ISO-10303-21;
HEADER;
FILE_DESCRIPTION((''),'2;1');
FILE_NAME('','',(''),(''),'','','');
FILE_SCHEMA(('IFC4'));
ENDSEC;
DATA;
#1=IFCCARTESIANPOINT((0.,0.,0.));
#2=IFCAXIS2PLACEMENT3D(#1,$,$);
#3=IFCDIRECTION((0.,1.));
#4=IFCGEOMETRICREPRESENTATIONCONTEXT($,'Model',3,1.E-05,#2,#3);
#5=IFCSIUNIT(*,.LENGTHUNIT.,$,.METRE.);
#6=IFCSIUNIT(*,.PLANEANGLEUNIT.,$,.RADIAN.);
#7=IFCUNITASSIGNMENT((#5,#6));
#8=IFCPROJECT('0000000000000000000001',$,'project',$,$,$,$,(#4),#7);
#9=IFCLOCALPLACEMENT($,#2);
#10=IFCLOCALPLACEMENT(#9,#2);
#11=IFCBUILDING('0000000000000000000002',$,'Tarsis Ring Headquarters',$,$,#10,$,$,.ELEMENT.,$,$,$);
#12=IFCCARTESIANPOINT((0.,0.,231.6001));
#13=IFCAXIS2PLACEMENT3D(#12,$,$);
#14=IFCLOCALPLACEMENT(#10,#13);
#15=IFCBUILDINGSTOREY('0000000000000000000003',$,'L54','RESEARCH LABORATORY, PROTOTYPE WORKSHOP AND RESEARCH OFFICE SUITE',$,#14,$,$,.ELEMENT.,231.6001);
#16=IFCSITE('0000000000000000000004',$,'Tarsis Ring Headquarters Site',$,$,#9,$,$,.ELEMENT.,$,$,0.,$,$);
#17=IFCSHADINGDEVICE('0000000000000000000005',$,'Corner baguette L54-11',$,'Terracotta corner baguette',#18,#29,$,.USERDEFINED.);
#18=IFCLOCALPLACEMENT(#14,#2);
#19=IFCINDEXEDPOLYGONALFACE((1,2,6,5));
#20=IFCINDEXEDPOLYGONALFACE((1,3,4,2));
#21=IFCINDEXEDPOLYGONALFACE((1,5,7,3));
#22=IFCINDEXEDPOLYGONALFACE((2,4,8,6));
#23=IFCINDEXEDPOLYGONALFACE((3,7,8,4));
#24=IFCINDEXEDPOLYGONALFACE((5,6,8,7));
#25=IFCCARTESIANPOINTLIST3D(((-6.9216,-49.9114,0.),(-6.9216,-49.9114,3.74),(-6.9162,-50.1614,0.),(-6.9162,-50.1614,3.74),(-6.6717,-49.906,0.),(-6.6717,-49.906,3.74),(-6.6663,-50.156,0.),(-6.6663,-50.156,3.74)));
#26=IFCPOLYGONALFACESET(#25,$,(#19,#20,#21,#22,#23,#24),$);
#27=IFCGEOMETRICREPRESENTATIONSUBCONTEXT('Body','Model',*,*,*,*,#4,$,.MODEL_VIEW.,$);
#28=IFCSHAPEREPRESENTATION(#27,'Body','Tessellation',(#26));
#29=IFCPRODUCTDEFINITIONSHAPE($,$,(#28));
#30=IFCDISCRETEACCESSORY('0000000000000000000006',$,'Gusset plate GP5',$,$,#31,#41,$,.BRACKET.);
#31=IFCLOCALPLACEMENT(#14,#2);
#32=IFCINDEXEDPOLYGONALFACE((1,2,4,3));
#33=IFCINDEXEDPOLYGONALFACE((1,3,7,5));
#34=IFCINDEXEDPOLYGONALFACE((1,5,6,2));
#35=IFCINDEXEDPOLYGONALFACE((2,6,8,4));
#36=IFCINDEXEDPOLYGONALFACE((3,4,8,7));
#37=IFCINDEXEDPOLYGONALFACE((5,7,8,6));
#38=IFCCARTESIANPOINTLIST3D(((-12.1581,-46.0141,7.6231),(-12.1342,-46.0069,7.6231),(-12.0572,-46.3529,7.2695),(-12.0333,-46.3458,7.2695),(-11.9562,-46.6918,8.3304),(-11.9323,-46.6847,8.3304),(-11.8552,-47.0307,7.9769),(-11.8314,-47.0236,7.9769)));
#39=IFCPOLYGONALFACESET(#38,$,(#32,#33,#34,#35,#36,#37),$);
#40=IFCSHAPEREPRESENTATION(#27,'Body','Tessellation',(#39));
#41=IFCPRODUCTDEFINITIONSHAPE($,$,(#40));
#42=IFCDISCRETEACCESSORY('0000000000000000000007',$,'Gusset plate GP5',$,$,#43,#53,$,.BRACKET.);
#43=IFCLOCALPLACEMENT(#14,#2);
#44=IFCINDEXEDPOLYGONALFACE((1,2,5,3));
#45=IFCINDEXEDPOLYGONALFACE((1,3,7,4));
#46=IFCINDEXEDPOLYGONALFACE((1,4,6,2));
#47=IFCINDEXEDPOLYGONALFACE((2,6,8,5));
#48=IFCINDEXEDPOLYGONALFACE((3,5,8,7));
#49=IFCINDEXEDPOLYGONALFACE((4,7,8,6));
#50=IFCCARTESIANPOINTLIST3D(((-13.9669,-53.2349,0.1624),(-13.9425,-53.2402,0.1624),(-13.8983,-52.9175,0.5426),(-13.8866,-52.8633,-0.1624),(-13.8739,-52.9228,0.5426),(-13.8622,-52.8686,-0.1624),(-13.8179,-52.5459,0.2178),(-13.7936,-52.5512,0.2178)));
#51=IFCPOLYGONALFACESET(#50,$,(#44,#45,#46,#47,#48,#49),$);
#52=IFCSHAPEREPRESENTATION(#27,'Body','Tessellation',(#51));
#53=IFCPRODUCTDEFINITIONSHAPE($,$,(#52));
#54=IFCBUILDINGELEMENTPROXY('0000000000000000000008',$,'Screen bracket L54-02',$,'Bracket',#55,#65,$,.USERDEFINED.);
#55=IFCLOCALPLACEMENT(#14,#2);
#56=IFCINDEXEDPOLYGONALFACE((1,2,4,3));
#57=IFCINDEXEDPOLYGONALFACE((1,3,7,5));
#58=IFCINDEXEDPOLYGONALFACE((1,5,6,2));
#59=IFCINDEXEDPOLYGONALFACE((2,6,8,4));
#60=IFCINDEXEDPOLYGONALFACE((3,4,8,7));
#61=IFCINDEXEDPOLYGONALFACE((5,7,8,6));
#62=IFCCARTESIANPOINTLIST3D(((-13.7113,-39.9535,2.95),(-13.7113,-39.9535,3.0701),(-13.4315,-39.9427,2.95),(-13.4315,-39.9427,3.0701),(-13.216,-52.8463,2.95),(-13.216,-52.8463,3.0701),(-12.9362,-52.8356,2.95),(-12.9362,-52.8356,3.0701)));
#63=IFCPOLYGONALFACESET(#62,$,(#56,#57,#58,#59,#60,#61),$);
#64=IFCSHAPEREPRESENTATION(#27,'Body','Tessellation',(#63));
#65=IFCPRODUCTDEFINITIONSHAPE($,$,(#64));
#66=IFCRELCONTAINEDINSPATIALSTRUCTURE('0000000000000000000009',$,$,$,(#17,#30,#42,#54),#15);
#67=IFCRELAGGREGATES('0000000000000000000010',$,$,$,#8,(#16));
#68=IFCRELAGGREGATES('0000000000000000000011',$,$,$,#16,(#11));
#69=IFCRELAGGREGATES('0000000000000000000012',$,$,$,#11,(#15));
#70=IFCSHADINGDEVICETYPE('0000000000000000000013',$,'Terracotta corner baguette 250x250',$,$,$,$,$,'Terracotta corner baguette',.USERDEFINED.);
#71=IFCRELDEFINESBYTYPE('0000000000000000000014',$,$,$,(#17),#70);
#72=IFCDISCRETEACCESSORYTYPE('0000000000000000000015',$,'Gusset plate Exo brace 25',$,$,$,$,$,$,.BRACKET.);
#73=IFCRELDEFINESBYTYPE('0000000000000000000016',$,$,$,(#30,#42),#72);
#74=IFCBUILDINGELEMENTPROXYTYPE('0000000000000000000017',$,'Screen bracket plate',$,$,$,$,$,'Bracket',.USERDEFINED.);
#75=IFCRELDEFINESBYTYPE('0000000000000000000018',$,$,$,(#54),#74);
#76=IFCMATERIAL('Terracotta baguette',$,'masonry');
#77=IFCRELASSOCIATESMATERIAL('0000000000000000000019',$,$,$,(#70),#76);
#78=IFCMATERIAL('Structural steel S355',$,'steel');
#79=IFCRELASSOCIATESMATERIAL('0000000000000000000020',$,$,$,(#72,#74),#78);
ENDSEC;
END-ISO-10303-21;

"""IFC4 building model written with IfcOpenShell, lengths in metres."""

from ifc_helpers import new_model, si_unit, direction, frame, origin, origin_2d, place, context, subcontext, project, spatial, rectangle, extrude, material, material_profile, profile_set, type_object, element, save


model = new_model("IFC4")

# Units and contexts
model_context = context("Model", 3, precision=1e-05, world=origin(), true_north=direction((0.0, 1.0)))
body_context = subcontext(model_context, "Body", "Model", "MODEL_VIEW")
ifc_project = project(units=[si_unit("LENGTHUNIT", "METRE"), si_unit("PLANEANGLEUNIT", "RADIAN")], contexts=[model_context])

# Site, building, storey
site_placement = place(None, origin())
site = spatial("IfcSite", under=ifc_project, at=site_placement, Name="Tarsis Ring Headquarters Site", CompositionType="ELEMENT", RefElevation=0.0)
building_placement = place(site_placement, origin())
building = spatial("IfcBuilding", under=site, at=building_placement, Name="Tarsis Ring Headquarters", CompositionType="ELEMENT")
storey_placement = place(building_placement, frame((0.0, 0.0, 231.6001)))
storey = spatial("IfcBuildingStorey", under=building, at=storey_placement, Name="L54", Description="RESEARCH LABORATORY, PROTOTYPE WORKSHOP AND RESEARCH OFFICE SUITE", CompositionType="ELEMENT", Elevation=231.6001)

# Shared definitions
ifc_material_1 = material(Name="Structural steel S355", Category="steel")

# Shading device
ifc_material_2 = material(Name="Terracotta baguette", Category="masonry")
shading_device_type_1 = type_object("IfcShadingDeviceType", Name="Terracotta corner baguette 250x250", ElementType="Terracotta corner baguette", PredefinedType="USERDEFINED", material=ifc_material_2)
for number, where, z_axis, x_axis, name in (
    (1, (-6.7939, -50.0337, 0.0), (0.0, 0.0, 1.0), (0.02164, -0.999766, 0.0), "Corner baguette L54-11"),
):
    element("IfcShadingDevice", number, at=place(storey_placement, frame(where, z_axis=z_axis, x_axis=x_axis)), inside=storey, type_object=shading_device_type_1, Name=name, ObjectType="Terracotta corner baguette", PredefinedType="USERDEFINED", context=body_context, shape_type="SweptSolid", body=[
        extrude(rectangle(XDim=0.25, YDim=0.25, at=origin_2d()), origin(), (0.0, 0.0, 1.0), 3.74),
    ])

# Discrete accessories
ifc_material_profile_1 = material_profile(ifc_material_1, rectangle(XDim=0.0249, YDim=0.5, at=origin_2d()), Name="PL 25x500")
ifc_profile_set_1 = profile_set([ifc_material_profile_1], Name="Structural steel S355")
discrete_accessory_type = type_object("IfcDiscreteAccessoryType", Name="Gusset plate Exo brace 25", PredefinedType="BRACKET", material=ifc_profile_set_1)
discrete_accessory_1_placement = place(storey_placement, frame((-12.0957, -46.1799, 7.4463), z_axis=(0.201871, -0.677623, 0.70716), x_axis=(0.958376, 0.28551, 0.0)))
element("IfcDiscreteAccessory", 2, at=discrete_accessory_1_placement, inside=storey, type_object=discrete_accessory_type, Name="Gusset plate GP5", PredefinedType="BRACKET", context=body_context, shape_type="SweptSolid", body=[
    extrude(rectangle(XDim=0.0249, YDim=0.5, at=origin_2d()), origin(), (0.0, 0.0, 1.0), 1.0002),
])
discrete_accessory_2_placement = place(storey_placement, frame((-13.9146, -53.0518, 0.0), z_axis=(0.137225, 0.634848, 0.760353), x_axis=(-0.977427, 0.211275, 0.0)))
element("IfcDiscreteAccessory", 3, at=discrete_accessory_2_placement, inside=storey, type_object=discrete_accessory_type, Name="Gusset plate GP5", PredefinedType="BRACKET", context=body_context, shape_type="SweptSolid", body=[
    extrude(rectangle(XDim=0.0249, YDim=0.5, at=origin_2d()), origin(), (0.0, 0.0, 1.0), 0.5),
])

# Building element proxy
building_element_proxy_type = type_object("IfcBuildingElementProxyType", Name="Screen bracket plate", ElementType="Bracket", PredefinedType="USERDEFINED", material=ifc_material_1)
proxy_placement = place(storey_placement, frame((-13.3237, -46.3945, 2.95), z_axis=(0.0, 0.0, 1.0), x_axis=(0.038388, -0.999263, 0.0)))
element("IfcBuildingElementProxy", 4, at=proxy_placement, inside=storey, type_object=building_element_proxy_type, Name="Screen bracket L54-02", ObjectType="Bracket", PredefinedType="USERDEFINED", context=body_context, shape_type="SweptSolid", body=[
    extrude(rectangle(XDim=12.9023, YDim=0.28, at=origin_2d()), origin(), (0.0, 0.0, 1.0), 0.1201),
])

save(model, "model.ifc")
